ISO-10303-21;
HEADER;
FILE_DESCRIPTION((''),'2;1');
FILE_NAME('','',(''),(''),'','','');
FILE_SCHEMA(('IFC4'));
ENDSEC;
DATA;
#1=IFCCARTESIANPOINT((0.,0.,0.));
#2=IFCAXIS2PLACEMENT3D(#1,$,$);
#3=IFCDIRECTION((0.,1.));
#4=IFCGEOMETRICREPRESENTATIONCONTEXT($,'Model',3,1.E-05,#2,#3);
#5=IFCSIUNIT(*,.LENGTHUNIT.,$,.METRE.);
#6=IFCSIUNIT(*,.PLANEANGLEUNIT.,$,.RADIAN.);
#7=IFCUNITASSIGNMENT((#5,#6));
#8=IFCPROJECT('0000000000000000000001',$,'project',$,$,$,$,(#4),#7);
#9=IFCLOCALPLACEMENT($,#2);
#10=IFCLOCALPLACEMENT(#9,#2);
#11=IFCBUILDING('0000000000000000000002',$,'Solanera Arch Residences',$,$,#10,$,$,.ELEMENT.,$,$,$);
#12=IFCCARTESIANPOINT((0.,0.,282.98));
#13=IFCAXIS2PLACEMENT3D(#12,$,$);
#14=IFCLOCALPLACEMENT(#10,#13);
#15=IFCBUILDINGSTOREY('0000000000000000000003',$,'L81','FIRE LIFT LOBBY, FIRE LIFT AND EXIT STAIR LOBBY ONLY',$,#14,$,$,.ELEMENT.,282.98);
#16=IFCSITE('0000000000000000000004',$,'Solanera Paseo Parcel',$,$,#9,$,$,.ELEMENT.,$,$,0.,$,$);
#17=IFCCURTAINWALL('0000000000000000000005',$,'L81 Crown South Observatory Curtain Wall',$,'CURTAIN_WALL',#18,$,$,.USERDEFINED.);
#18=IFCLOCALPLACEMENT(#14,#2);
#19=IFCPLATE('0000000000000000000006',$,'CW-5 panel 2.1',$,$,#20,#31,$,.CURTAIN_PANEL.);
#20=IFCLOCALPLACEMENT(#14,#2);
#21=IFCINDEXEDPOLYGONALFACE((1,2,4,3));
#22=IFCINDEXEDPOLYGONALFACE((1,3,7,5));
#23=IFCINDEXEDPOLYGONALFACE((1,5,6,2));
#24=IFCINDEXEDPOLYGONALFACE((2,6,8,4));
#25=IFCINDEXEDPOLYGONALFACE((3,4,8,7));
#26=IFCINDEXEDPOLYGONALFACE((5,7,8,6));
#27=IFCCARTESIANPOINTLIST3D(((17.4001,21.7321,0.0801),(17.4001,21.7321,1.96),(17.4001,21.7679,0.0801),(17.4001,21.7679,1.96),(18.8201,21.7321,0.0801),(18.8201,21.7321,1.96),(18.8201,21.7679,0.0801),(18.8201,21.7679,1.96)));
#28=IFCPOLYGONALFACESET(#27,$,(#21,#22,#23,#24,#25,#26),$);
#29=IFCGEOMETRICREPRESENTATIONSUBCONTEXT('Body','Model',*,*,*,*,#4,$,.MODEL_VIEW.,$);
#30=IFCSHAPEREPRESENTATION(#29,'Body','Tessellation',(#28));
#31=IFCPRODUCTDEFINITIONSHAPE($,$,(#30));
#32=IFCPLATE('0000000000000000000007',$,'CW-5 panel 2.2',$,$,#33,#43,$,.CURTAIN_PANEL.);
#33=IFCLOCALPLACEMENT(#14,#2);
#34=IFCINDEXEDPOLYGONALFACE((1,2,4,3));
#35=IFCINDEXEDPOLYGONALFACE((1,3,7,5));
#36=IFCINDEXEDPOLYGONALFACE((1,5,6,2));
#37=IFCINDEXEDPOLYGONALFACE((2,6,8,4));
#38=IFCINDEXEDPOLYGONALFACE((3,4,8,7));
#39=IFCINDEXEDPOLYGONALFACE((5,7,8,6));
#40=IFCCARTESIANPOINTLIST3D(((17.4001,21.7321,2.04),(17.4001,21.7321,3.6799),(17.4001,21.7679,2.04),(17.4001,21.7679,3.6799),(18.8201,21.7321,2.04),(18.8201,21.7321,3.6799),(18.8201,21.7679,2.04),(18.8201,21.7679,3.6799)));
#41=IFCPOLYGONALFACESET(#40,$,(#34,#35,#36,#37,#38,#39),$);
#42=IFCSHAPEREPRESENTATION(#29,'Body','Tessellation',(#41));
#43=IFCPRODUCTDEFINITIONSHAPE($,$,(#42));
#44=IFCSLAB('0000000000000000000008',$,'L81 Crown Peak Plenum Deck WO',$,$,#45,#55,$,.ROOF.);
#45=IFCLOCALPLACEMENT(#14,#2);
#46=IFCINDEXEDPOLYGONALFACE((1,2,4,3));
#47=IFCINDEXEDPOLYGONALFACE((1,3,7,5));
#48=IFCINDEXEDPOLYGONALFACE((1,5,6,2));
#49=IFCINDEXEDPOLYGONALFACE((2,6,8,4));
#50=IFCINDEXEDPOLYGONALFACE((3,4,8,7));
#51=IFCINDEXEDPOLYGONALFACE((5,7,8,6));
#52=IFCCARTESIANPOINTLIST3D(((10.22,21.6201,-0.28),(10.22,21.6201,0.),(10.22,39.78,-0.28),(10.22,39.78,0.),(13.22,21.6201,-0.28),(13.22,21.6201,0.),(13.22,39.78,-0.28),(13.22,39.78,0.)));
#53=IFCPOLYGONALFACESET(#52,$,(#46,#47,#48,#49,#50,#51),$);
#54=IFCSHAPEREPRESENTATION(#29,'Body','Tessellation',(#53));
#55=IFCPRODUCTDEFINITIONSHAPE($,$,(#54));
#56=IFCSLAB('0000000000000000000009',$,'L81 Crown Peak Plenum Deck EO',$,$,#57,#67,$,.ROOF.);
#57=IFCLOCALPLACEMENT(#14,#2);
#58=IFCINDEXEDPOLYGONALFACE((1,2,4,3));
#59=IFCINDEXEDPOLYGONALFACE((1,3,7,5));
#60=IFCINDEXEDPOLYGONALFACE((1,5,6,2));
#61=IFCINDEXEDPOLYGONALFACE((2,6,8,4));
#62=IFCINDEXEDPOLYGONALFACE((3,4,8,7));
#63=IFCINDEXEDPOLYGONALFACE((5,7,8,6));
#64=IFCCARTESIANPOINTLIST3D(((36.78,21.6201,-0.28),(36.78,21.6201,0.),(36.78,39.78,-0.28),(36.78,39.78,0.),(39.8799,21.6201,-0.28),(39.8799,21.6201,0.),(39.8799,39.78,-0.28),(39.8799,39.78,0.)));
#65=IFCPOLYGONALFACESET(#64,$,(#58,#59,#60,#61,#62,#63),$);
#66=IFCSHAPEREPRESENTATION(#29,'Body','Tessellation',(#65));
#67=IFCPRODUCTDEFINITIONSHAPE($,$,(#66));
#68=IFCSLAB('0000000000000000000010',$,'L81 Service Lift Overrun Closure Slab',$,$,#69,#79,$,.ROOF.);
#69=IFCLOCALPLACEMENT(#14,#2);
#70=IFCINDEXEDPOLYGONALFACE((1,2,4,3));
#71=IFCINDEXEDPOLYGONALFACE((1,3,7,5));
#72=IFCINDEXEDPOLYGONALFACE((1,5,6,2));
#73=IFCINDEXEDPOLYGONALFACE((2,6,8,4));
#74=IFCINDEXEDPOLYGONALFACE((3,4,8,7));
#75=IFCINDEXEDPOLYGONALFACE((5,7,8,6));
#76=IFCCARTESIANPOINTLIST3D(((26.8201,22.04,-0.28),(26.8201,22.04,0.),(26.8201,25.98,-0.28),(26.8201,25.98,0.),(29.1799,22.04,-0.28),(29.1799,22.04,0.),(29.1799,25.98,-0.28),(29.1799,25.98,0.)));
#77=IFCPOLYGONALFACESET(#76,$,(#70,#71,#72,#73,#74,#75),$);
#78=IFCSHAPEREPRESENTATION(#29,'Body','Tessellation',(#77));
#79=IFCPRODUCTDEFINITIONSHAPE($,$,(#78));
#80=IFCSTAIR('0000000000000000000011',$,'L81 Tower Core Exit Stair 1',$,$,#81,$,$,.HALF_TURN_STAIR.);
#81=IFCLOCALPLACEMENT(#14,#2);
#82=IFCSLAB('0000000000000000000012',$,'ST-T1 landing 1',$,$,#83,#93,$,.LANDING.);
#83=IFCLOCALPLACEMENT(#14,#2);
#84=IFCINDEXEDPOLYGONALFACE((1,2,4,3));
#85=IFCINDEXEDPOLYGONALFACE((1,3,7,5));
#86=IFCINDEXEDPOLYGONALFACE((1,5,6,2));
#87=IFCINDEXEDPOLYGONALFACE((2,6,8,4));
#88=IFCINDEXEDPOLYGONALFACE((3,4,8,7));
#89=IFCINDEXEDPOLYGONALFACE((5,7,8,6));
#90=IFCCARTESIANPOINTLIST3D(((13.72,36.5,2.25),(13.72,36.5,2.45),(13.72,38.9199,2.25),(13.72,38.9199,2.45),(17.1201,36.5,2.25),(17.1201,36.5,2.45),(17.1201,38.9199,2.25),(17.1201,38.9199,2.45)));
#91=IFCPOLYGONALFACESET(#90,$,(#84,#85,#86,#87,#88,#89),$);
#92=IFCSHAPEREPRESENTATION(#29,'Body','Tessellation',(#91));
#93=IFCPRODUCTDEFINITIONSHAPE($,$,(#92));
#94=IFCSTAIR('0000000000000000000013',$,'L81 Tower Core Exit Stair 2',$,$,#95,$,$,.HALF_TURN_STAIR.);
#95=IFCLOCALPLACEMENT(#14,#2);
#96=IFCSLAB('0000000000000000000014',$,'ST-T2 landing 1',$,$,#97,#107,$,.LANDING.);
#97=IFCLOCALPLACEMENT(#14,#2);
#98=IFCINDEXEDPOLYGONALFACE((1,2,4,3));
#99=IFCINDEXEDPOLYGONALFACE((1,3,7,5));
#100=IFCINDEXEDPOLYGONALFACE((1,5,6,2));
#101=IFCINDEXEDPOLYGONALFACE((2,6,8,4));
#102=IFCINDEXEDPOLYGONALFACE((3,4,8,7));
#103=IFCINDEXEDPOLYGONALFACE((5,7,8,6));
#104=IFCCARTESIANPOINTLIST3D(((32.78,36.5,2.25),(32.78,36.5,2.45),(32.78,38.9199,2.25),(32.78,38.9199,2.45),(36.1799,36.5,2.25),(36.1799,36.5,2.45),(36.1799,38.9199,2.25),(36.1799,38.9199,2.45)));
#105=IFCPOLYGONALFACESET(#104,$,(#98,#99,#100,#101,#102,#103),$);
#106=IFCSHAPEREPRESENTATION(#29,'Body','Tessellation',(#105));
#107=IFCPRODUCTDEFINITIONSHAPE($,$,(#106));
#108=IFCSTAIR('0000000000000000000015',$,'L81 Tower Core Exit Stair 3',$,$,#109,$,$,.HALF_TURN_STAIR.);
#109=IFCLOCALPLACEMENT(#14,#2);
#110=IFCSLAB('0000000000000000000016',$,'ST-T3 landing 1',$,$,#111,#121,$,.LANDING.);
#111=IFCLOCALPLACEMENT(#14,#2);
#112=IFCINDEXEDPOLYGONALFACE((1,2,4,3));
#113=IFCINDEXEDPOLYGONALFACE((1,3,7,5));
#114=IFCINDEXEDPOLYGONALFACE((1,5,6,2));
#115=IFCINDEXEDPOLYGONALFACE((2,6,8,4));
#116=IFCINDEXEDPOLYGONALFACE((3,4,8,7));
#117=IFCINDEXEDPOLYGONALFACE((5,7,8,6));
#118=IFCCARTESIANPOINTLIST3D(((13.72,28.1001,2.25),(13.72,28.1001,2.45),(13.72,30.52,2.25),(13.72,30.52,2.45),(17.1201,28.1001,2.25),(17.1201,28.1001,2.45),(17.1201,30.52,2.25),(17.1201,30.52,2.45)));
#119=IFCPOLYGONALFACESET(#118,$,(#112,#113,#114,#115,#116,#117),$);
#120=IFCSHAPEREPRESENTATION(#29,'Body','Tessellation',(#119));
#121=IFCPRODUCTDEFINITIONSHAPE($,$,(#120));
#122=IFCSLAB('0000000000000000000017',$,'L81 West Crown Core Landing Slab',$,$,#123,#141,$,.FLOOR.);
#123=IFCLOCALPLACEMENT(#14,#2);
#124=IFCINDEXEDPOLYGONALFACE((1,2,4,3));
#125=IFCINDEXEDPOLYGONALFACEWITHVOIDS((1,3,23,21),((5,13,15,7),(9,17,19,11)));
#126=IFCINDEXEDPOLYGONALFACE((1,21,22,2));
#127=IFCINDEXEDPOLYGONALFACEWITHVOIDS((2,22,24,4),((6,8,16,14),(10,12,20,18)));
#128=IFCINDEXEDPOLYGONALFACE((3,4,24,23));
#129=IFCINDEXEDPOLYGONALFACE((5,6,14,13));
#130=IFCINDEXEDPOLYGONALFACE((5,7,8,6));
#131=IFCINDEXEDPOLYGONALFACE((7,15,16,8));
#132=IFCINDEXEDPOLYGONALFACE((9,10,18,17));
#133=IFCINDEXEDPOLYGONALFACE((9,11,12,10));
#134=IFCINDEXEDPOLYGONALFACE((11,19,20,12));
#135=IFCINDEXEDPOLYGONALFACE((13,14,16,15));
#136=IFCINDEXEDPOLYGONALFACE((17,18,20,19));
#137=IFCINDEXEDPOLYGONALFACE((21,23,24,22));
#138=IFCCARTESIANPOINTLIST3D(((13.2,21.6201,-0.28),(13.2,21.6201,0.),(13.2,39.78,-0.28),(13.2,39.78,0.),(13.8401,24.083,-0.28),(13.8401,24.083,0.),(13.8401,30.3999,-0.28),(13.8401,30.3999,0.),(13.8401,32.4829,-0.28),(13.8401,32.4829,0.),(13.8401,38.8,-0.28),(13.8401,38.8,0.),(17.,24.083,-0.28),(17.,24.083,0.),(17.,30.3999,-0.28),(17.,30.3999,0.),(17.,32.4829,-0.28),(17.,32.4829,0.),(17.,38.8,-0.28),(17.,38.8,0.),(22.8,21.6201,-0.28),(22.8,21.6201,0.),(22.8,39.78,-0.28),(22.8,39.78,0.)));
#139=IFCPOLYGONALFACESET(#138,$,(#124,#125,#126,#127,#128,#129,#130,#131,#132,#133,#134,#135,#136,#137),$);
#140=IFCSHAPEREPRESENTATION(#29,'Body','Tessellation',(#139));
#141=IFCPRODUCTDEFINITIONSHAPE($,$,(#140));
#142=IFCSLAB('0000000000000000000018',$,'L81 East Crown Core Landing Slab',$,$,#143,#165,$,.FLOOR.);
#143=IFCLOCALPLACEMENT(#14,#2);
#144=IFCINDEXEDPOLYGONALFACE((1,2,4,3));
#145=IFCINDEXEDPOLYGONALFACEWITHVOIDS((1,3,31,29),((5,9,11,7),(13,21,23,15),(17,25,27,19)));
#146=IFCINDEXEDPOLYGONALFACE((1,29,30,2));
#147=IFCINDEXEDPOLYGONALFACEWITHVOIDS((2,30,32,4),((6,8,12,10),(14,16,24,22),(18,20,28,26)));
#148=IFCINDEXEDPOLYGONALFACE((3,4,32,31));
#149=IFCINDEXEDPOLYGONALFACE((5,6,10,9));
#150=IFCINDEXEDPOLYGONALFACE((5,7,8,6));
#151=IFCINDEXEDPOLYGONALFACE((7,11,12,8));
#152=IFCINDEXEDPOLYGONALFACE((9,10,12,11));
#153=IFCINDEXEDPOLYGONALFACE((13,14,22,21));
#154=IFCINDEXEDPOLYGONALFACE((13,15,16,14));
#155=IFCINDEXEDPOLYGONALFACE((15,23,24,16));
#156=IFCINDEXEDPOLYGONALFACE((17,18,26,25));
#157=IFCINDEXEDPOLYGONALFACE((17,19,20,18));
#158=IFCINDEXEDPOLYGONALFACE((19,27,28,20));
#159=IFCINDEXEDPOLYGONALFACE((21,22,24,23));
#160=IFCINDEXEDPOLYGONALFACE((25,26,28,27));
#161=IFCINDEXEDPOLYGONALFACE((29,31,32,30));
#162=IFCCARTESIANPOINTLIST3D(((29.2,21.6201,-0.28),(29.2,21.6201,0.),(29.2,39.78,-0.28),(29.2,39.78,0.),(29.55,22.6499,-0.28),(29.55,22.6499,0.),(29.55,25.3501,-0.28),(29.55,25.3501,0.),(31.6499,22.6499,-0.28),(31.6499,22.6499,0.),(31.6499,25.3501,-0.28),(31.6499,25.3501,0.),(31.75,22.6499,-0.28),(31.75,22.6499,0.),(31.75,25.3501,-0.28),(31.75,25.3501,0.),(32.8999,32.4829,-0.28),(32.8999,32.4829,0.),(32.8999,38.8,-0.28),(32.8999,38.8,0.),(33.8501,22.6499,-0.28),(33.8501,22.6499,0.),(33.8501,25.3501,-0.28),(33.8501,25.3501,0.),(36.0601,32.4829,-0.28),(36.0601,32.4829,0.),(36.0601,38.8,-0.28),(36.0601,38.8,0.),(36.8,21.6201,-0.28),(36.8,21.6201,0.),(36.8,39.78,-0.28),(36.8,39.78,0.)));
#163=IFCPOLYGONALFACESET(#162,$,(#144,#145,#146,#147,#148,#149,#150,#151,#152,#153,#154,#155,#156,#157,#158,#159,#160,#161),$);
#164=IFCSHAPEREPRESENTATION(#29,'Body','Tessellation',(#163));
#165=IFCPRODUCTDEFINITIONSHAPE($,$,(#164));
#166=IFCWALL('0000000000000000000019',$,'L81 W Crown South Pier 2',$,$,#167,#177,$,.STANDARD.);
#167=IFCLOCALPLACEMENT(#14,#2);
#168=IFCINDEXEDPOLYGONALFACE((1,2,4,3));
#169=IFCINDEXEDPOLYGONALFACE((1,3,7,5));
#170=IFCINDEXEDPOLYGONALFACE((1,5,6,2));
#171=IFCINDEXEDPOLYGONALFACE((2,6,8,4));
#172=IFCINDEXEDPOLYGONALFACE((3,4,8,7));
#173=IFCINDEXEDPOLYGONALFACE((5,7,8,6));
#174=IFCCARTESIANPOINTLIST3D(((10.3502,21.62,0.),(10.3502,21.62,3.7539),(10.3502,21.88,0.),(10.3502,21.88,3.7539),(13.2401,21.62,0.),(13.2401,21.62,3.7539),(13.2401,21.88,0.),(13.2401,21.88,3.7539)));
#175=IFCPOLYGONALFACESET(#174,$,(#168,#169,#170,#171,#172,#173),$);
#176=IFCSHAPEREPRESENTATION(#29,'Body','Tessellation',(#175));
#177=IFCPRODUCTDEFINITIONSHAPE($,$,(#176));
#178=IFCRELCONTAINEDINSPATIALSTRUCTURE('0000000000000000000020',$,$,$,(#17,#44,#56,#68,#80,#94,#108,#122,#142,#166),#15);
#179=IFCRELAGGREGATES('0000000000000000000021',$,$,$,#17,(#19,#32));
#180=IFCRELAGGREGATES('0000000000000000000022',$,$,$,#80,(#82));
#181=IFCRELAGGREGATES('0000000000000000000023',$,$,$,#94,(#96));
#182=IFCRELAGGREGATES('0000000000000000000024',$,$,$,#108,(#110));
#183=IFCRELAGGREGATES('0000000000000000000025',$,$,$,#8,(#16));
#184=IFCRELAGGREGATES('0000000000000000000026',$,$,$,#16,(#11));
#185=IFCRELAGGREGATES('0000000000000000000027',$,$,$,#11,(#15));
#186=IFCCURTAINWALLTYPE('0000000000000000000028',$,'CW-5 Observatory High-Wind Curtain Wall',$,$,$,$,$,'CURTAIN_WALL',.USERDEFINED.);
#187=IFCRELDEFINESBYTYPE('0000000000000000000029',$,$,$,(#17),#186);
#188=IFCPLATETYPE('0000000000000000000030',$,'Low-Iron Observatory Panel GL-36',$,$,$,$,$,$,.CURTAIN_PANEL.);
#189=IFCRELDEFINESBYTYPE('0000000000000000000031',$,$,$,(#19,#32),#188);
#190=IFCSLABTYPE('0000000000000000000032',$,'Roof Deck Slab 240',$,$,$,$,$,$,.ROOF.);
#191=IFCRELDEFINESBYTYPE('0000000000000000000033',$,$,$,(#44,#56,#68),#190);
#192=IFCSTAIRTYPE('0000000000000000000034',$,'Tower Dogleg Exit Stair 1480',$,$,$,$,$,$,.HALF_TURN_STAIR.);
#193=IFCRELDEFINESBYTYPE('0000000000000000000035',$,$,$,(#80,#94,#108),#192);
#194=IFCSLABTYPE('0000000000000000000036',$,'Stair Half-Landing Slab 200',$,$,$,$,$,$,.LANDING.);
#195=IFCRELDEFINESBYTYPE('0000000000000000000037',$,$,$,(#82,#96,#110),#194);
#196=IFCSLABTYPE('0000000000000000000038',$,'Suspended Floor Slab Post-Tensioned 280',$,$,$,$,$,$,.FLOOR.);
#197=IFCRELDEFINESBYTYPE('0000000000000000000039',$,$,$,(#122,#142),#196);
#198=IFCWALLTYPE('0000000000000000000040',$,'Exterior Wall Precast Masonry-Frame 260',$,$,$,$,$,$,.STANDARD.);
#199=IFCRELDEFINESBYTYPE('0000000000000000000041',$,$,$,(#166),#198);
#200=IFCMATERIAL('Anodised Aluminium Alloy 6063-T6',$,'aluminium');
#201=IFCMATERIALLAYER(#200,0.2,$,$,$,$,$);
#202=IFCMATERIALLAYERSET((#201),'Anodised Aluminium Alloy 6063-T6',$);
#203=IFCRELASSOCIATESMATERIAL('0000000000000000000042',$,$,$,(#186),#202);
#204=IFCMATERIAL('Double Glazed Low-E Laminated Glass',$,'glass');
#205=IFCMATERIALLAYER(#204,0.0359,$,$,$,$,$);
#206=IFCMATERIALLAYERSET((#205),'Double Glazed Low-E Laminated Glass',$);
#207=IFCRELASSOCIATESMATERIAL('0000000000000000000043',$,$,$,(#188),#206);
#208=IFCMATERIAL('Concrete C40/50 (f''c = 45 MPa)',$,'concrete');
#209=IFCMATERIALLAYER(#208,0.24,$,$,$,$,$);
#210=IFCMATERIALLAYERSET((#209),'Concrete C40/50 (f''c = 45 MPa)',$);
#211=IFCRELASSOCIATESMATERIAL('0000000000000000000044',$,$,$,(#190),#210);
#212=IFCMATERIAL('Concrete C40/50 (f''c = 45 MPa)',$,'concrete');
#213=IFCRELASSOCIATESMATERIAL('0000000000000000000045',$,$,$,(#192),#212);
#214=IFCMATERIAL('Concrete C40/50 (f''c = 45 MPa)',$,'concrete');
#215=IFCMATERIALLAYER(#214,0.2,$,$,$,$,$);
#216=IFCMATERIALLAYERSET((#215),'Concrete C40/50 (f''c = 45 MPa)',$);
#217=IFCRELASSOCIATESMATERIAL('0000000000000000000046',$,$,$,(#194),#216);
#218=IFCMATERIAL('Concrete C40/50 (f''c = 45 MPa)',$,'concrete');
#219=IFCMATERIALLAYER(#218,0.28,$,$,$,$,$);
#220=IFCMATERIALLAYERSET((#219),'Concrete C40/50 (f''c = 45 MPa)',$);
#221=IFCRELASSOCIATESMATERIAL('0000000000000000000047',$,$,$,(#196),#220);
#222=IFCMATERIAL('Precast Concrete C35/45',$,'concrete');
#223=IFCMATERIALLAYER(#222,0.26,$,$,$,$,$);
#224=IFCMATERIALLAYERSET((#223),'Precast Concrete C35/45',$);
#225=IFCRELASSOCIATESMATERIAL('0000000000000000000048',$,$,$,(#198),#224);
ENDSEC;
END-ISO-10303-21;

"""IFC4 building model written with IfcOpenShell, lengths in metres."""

from ifc_helpers import new_model, si_unit, direction, frame, frame_2d, origin, origin_2d, place, context, subcontext, project, spatial, polyline, rectangle, outline, extrude, material, layer, layer_set, type_object, element, aggregate, save


model = new_model("IFC4")

# Units and contexts
model_context = context("Model", 3, precision=1e-05, world=origin(), true_north=direction((0.0, 1.0)))
body_context = subcontext(model_context, "Body", "Model", "MODEL_VIEW")
ifc_project = project(units=[si_unit("LENGTHUNIT", "METRE"), si_unit("PLANEANGLEUNIT", "RADIAN")], contexts=[model_context])

# Site, building, storey
site_placement = place(None, origin())
site = spatial("IfcSite", under=ifc_project, at=site_placement, Name="Solanera Paseo Parcel", CompositionType="ELEMENT", RefElevation=0.0)
building_placement = place(site_placement, origin())
building = spatial("IfcBuilding", under=site, at=building_placement, Name="Solanera Arch Residences", CompositionType="ELEMENT")
storey_placement = place(building_placement, frame((0.0, 0.0, 282.98)))
storey = spatial("IfcBuildingStorey", under=building, at=storey_placement, Name="L81", Description="FIRE LIFT LOBBY, FIRE LIFT AND EXIT STAIR LOBBY ONLY", CompositionType="ELEMENT", Elevation=282.98)

# Curtain wall, plates
ifc_material_1 = material(Name="Anodised Aluminium Alloy 6063-T6", Category="aluminium")
ifc_layer_1 = layer(ifc_material_1, 0.2)
ifc_layer_set_1 = layer_set([ifc_layer_1], Name="Anodised Aluminium Alloy 6063-T6")
curtain_wall_type = type_object("IfcCurtainWallType", Name="CW-5 Observatory High-Wind Curtain Wall", ElementType="CURTAIN_WALL", PredefinedType="USERDEFINED", material=ifc_layer_set_1)
curtain_wall_placement = place(storey_placement, origin())
curtain_wall = element("IfcCurtainWall", 1, at=curtain_wall_placement, inside=storey, type_object=curtain_wall_type, Name="L81 Crown South Observatory Curtain Wall", ObjectType="CURTAIN_WALL", PredefinedType="USERDEFINED")
ifc_material_2 = material(Name="Double Glazed Low-E Laminated Glass", Category="glass")
ifc_layer_2 = layer(ifc_material_2, 0.0359)
ifc_layer_set_2 = layer_set([ifc_layer_2], Name="Double Glazed Low-E Laminated Glass")
plate_type = type_object("IfcPlateType", Name="Low-Iron Observatory Panel GL-36", PredefinedType="CURTAIN_PANEL", material=ifc_layer_set_2)
plate_1_placement = place(storey_placement, frame((18.1101, 21.75, 0.0801), z_axis=(0.0, 0.0, 1.0), x_axis=(-1.0, 0.0, 0.0)))
plate_1 = element("IfcPlate", 2, at=plate_1_placement, type_object=plate_type, Name="CW-5 panel 2.1", PredefinedType="CURTAIN_PANEL", context=body_context, shape_type="SweptSolid", body=[
    extrude(rectangle(XDim=1.4199, YDim=0.0359, at=origin_2d()), origin(), (0.0, 0.0, 1.0), 1.8799),
])
plate_2_placement = place(storey_placement, frame((18.1101, 21.75, 2.04), z_axis=(0.0, 0.0, 1.0), x_axis=(-1.0, 0.0, 0.0)))
plate_2 = element("IfcPlate", 3, at=plate_2_placement, type_object=plate_type, Name="CW-5 panel 2.2", PredefinedType="CURTAIN_PANEL", context=body_context, shape_type="SweptSolid", body=[
    extrude(rectangle(XDim=1.4199, YDim=0.0359, at=origin_2d()), origin(), (0.0, 0.0, 1.0), 1.6399),
])
aggregate(curtain_wall, [plate_1, plate_2])

# Slabs
ifc_material_3 = material(Name="Concrete C40/50 (f'c = 45 MPa)", Category="concrete")
ifc_layer_3 = layer(ifc_material_3, 0.24)
ifc_layer_set_3 = layer_set([ifc_layer_3], Name="Concrete C40/50 (f'c = 45 MPa)")
slab_type_1 = type_object("IfcSlabType", Name="Roof Deck Slab 240", PredefinedType="ROOF", material=ifc_layer_set_3)
slab_1_placement = place(storey_placement, frame((0.0, 0.0, -0.28)))
element("IfcSlab", 4, at=slab_1_placement, inside=storey, type_object=slab_type_1, Name="L81 Crown Peak Plenum Deck WO", PredefinedType="ROOF", context=body_context, shape_type="SweptSolid", body=[
    extrude(outline(polyline([(13.22, 21.6201), (13.22, 39.78), (10.22, 39.78), (10.22, 21.6201), (13.22, 21.6201)])), origin(), (0.0, 0.0, 1.0), 0.28),
])
slab_2_placement = place(storey_placement, frame((0.0, 0.0, -0.28)))
element("IfcSlab", 5, at=slab_2_placement, inside=storey, type_object=slab_type_1, Name="L81 Crown Peak Plenum Deck EO", PredefinedType="ROOF", context=body_context, shape_type="SweptSolid", body=[
    extrude(outline(polyline([(39.8799, 21.6201), (39.8799, 39.78), (36.78, 39.78), (36.78, 21.6201), (39.8799, 21.6201)])), origin(), (0.0, 0.0, 1.0), 0.28),
])
slab_3_placement = place(storey_placement, frame((0.0, 0.0, -0.28)))
element("IfcSlab", 6, at=slab_3_placement, inside=storey, type_object=slab_type_1, Name="L81 Service Lift Overrun Closure Slab", PredefinedType="ROOF", context=body_context, shape_type="SweptSolid", body=[
    extrude(outline(polyline([(26.8201, 22.04), (29.1799, 22.04), (29.1799, 25.98), (26.8201, 25.98), (26.8201, 22.04)])), origin(), (0.0, 0.0, 1.0), 0.28),
])

# Stairs, slabs
ifc_material_4 = material(Name="Concrete C40/50 (f'c = 45 MPa)", Category="concrete")
stair_type = type_object("IfcStairType", Name="Tower Dogleg Exit Stair 1480", PredefinedType="HALF_TURN_STAIR", material=ifc_material_4)
stair_1_placement = place(storey_placement, origin())
stair_1 = element("IfcStair", 7, at=stair_1_placement, inside=storey, type_object=stair_type, Name="L81 Tower Core Exit Stair 1", PredefinedType="HALF_TURN_STAIR")
ifc_material_5 = material(Name="Concrete C40/50 (f'c = 45 MPa)", Category="concrete")
ifc_layer_4 = layer(ifc_material_5, 0.2)
ifc_layer_set_4 = layer_set([ifc_layer_4], Name="Concrete C40/50 (f'c = 45 MPa)")
slab_type_2 = type_object("IfcSlabType", Name="Stair Half-Landing Slab 200", PredefinedType="LANDING", material=ifc_layer_set_4)
slab_4_placement = place(storey_placement, frame((0.0, 0.0, 2.25)))
slab_4 = element("IfcSlab", 8, at=slab_4_placement, type_object=slab_type_2, Name="ST-T1 landing 1", PredefinedType="LANDING", context=body_context, shape_type="SweptSolid", body=[
    extrude(outline(polyline([(17.1201, 36.5), (17.1201, 38.9199), (13.72, 38.9199), (13.72, 36.5), (17.1201, 36.5)])), origin(), (0.0, 0.0, 1.0), 0.2),
])
aggregate(stair_1, [slab_4])
stair_2_placement = place(storey_placement, origin())
stair_2 = element("IfcStair", 9, at=stair_2_placement, inside=storey, type_object=stair_type, Name="L81 Tower Core Exit Stair 2", PredefinedType="HALF_TURN_STAIR")
slab_5_placement = place(storey_placement, frame((0.0, 0.0, 2.25)))
slab_5 = element("IfcSlab", 10, at=slab_5_placement, type_object=slab_type_2, Name="ST-T2 landing 1", PredefinedType="LANDING", context=body_context, shape_type="SweptSolid", body=[
    extrude(outline(polyline([(36.1799, 36.5), (36.1799, 38.9199), (32.78, 38.9199), (32.78, 36.5), (36.1799, 36.5)])), origin(), (0.0, 0.0, 1.0), 0.2),
])
aggregate(stair_2, [slab_5])
stair_3_placement = place(storey_placement, origin())
stair_3 = element("IfcStair", 11, at=stair_3_placement, inside=storey, type_object=stair_type, Name="L81 Tower Core Exit Stair 3", PredefinedType="HALF_TURN_STAIR")
slab_6_placement = place(storey_placement, frame((0.0, 0.0, 2.25)))
slab_6 = element("IfcSlab", 12, at=slab_6_placement, type_object=slab_type_2, Name="ST-T3 landing 1", PredefinedType="LANDING", context=body_context, shape_type="SweptSolid", body=[
    extrude(outline(polyline([(17.1201, 28.1001), (17.1201, 30.52), (13.72, 30.52), (13.72, 28.1001), (17.1201, 28.1001)])), origin(), (0.0, 0.0, 1.0), 0.2),
])
aggregate(stair_3, [slab_6])

# Slabs
ifc_material_6 = material(Name="Concrete C40/50 (f'c = 45 MPa)", Category="concrete")
ifc_layer_5 = layer(ifc_material_6, 0.28)
ifc_layer_set_5 = layer_set([ifc_layer_5], Name="Concrete C40/50 (f'c = 45 MPa)")
slab_type_3 = type_object("IfcSlabType", Name="Suspended Floor Slab Post-Tensioned 280", PredefinedType="FLOOR", material=ifc_layer_set_5)
slab_7_placement = place(storey_placement, frame((0.0, 0.0, -0.28)))
element("IfcSlab", 13, at=slab_7_placement, inside=storey, type_object=slab_type_3, Name="L81 West Crown Core Landing Slab", PredefinedType="FLOOR", context=body_context, shape_type="SweptSolid", body=[
    extrude(outline(polyline([(22.8, 21.6201), (22.8, 39.78), (13.2, 39.78), (13.2, 21.6201), (22.8, 21.6201)]), holes=[polyline([(13.8401, 32.4829), (13.8401, 38.8), (17.0, 38.8), (17.0, 32.4829), (13.8401, 32.4829)]), polyline([(13.8401, 24.083), (13.8401, 30.3999), (17.0, 30.3999), (17.0, 24.083), (13.8401, 24.083)])]), origin(), (0.0, 0.0, 1.0), 0.28),
])
slab_8_placement = place(storey_placement, frame((0.0, 0.0, -0.28)))
element("IfcSlab", 14, at=slab_8_placement, inside=storey, type_object=slab_type_3, Name="L81 East Crown Core Landing Slab", PredefinedType="FLOOR", context=body_context, shape_type="SweptSolid", body=[
    extrude(outline(polyline([(36.8, 21.6201), (36.8, 39.78), (29.2, 39.78), (29.2, 21.6201), (36.8, 21.6201)]), holes=[polyline([(32.8999, 32.4829), (32.8999, 38.8), (36.0601, 38.8), (36.0601, 32.4829), (32.8999, 32.4829)]), polyline([(29.55, 25.3501), (31.6499, 25.3501), (31.6499, 22.6499), (29.55, 22.6499), (29.55, 25.3501)]), polyline([(31.75, 25.3501), (33.8501, 25.3501), (33.8501, 22.6499), (31.75, 22.6499), (31.75, 25.3501)])]), origin(), (0.0, 0.0, 1.0), 0.28),
])

# Wall
ifc_material_7 = material(Name="Precast Concrete C35/45", Category="concrete")
ifc_layer_6 = layer(ifc_material_7, 0.26)
ifc_layer_set_6 = layer_set([ifc_layer_6], Name="Precast Concrete C35/45")
wall_type = type_object("IfcWallType", Name="Exterior Wall Precast Masonry-Frame 260", PredefinedType="STANDARD", material=ifc_layer_set_6)
wall_placement = place(storey_placement, frame((13.24, 21.75, 0.0), z_axis=(0.0, 0.0, 1.0), x_axis=(-1.0, 0.0, 0.0)))
element("IfcWall", 15, at=wall_placement, inside=storey, type_object=wall_type, Name="L81 W Crown South Pier 2", PredefinedType="STANDARD", context=body_context, shape_type="SweptSolid", body=[
    extrude(rectangle(XDim=2.8899, YDim=0.26, at=frame_2d((1.4448, 0.0))), origin(), (0.0, 0.0, 1.0), 3.7539),
])

save(model, "model.ifc")
